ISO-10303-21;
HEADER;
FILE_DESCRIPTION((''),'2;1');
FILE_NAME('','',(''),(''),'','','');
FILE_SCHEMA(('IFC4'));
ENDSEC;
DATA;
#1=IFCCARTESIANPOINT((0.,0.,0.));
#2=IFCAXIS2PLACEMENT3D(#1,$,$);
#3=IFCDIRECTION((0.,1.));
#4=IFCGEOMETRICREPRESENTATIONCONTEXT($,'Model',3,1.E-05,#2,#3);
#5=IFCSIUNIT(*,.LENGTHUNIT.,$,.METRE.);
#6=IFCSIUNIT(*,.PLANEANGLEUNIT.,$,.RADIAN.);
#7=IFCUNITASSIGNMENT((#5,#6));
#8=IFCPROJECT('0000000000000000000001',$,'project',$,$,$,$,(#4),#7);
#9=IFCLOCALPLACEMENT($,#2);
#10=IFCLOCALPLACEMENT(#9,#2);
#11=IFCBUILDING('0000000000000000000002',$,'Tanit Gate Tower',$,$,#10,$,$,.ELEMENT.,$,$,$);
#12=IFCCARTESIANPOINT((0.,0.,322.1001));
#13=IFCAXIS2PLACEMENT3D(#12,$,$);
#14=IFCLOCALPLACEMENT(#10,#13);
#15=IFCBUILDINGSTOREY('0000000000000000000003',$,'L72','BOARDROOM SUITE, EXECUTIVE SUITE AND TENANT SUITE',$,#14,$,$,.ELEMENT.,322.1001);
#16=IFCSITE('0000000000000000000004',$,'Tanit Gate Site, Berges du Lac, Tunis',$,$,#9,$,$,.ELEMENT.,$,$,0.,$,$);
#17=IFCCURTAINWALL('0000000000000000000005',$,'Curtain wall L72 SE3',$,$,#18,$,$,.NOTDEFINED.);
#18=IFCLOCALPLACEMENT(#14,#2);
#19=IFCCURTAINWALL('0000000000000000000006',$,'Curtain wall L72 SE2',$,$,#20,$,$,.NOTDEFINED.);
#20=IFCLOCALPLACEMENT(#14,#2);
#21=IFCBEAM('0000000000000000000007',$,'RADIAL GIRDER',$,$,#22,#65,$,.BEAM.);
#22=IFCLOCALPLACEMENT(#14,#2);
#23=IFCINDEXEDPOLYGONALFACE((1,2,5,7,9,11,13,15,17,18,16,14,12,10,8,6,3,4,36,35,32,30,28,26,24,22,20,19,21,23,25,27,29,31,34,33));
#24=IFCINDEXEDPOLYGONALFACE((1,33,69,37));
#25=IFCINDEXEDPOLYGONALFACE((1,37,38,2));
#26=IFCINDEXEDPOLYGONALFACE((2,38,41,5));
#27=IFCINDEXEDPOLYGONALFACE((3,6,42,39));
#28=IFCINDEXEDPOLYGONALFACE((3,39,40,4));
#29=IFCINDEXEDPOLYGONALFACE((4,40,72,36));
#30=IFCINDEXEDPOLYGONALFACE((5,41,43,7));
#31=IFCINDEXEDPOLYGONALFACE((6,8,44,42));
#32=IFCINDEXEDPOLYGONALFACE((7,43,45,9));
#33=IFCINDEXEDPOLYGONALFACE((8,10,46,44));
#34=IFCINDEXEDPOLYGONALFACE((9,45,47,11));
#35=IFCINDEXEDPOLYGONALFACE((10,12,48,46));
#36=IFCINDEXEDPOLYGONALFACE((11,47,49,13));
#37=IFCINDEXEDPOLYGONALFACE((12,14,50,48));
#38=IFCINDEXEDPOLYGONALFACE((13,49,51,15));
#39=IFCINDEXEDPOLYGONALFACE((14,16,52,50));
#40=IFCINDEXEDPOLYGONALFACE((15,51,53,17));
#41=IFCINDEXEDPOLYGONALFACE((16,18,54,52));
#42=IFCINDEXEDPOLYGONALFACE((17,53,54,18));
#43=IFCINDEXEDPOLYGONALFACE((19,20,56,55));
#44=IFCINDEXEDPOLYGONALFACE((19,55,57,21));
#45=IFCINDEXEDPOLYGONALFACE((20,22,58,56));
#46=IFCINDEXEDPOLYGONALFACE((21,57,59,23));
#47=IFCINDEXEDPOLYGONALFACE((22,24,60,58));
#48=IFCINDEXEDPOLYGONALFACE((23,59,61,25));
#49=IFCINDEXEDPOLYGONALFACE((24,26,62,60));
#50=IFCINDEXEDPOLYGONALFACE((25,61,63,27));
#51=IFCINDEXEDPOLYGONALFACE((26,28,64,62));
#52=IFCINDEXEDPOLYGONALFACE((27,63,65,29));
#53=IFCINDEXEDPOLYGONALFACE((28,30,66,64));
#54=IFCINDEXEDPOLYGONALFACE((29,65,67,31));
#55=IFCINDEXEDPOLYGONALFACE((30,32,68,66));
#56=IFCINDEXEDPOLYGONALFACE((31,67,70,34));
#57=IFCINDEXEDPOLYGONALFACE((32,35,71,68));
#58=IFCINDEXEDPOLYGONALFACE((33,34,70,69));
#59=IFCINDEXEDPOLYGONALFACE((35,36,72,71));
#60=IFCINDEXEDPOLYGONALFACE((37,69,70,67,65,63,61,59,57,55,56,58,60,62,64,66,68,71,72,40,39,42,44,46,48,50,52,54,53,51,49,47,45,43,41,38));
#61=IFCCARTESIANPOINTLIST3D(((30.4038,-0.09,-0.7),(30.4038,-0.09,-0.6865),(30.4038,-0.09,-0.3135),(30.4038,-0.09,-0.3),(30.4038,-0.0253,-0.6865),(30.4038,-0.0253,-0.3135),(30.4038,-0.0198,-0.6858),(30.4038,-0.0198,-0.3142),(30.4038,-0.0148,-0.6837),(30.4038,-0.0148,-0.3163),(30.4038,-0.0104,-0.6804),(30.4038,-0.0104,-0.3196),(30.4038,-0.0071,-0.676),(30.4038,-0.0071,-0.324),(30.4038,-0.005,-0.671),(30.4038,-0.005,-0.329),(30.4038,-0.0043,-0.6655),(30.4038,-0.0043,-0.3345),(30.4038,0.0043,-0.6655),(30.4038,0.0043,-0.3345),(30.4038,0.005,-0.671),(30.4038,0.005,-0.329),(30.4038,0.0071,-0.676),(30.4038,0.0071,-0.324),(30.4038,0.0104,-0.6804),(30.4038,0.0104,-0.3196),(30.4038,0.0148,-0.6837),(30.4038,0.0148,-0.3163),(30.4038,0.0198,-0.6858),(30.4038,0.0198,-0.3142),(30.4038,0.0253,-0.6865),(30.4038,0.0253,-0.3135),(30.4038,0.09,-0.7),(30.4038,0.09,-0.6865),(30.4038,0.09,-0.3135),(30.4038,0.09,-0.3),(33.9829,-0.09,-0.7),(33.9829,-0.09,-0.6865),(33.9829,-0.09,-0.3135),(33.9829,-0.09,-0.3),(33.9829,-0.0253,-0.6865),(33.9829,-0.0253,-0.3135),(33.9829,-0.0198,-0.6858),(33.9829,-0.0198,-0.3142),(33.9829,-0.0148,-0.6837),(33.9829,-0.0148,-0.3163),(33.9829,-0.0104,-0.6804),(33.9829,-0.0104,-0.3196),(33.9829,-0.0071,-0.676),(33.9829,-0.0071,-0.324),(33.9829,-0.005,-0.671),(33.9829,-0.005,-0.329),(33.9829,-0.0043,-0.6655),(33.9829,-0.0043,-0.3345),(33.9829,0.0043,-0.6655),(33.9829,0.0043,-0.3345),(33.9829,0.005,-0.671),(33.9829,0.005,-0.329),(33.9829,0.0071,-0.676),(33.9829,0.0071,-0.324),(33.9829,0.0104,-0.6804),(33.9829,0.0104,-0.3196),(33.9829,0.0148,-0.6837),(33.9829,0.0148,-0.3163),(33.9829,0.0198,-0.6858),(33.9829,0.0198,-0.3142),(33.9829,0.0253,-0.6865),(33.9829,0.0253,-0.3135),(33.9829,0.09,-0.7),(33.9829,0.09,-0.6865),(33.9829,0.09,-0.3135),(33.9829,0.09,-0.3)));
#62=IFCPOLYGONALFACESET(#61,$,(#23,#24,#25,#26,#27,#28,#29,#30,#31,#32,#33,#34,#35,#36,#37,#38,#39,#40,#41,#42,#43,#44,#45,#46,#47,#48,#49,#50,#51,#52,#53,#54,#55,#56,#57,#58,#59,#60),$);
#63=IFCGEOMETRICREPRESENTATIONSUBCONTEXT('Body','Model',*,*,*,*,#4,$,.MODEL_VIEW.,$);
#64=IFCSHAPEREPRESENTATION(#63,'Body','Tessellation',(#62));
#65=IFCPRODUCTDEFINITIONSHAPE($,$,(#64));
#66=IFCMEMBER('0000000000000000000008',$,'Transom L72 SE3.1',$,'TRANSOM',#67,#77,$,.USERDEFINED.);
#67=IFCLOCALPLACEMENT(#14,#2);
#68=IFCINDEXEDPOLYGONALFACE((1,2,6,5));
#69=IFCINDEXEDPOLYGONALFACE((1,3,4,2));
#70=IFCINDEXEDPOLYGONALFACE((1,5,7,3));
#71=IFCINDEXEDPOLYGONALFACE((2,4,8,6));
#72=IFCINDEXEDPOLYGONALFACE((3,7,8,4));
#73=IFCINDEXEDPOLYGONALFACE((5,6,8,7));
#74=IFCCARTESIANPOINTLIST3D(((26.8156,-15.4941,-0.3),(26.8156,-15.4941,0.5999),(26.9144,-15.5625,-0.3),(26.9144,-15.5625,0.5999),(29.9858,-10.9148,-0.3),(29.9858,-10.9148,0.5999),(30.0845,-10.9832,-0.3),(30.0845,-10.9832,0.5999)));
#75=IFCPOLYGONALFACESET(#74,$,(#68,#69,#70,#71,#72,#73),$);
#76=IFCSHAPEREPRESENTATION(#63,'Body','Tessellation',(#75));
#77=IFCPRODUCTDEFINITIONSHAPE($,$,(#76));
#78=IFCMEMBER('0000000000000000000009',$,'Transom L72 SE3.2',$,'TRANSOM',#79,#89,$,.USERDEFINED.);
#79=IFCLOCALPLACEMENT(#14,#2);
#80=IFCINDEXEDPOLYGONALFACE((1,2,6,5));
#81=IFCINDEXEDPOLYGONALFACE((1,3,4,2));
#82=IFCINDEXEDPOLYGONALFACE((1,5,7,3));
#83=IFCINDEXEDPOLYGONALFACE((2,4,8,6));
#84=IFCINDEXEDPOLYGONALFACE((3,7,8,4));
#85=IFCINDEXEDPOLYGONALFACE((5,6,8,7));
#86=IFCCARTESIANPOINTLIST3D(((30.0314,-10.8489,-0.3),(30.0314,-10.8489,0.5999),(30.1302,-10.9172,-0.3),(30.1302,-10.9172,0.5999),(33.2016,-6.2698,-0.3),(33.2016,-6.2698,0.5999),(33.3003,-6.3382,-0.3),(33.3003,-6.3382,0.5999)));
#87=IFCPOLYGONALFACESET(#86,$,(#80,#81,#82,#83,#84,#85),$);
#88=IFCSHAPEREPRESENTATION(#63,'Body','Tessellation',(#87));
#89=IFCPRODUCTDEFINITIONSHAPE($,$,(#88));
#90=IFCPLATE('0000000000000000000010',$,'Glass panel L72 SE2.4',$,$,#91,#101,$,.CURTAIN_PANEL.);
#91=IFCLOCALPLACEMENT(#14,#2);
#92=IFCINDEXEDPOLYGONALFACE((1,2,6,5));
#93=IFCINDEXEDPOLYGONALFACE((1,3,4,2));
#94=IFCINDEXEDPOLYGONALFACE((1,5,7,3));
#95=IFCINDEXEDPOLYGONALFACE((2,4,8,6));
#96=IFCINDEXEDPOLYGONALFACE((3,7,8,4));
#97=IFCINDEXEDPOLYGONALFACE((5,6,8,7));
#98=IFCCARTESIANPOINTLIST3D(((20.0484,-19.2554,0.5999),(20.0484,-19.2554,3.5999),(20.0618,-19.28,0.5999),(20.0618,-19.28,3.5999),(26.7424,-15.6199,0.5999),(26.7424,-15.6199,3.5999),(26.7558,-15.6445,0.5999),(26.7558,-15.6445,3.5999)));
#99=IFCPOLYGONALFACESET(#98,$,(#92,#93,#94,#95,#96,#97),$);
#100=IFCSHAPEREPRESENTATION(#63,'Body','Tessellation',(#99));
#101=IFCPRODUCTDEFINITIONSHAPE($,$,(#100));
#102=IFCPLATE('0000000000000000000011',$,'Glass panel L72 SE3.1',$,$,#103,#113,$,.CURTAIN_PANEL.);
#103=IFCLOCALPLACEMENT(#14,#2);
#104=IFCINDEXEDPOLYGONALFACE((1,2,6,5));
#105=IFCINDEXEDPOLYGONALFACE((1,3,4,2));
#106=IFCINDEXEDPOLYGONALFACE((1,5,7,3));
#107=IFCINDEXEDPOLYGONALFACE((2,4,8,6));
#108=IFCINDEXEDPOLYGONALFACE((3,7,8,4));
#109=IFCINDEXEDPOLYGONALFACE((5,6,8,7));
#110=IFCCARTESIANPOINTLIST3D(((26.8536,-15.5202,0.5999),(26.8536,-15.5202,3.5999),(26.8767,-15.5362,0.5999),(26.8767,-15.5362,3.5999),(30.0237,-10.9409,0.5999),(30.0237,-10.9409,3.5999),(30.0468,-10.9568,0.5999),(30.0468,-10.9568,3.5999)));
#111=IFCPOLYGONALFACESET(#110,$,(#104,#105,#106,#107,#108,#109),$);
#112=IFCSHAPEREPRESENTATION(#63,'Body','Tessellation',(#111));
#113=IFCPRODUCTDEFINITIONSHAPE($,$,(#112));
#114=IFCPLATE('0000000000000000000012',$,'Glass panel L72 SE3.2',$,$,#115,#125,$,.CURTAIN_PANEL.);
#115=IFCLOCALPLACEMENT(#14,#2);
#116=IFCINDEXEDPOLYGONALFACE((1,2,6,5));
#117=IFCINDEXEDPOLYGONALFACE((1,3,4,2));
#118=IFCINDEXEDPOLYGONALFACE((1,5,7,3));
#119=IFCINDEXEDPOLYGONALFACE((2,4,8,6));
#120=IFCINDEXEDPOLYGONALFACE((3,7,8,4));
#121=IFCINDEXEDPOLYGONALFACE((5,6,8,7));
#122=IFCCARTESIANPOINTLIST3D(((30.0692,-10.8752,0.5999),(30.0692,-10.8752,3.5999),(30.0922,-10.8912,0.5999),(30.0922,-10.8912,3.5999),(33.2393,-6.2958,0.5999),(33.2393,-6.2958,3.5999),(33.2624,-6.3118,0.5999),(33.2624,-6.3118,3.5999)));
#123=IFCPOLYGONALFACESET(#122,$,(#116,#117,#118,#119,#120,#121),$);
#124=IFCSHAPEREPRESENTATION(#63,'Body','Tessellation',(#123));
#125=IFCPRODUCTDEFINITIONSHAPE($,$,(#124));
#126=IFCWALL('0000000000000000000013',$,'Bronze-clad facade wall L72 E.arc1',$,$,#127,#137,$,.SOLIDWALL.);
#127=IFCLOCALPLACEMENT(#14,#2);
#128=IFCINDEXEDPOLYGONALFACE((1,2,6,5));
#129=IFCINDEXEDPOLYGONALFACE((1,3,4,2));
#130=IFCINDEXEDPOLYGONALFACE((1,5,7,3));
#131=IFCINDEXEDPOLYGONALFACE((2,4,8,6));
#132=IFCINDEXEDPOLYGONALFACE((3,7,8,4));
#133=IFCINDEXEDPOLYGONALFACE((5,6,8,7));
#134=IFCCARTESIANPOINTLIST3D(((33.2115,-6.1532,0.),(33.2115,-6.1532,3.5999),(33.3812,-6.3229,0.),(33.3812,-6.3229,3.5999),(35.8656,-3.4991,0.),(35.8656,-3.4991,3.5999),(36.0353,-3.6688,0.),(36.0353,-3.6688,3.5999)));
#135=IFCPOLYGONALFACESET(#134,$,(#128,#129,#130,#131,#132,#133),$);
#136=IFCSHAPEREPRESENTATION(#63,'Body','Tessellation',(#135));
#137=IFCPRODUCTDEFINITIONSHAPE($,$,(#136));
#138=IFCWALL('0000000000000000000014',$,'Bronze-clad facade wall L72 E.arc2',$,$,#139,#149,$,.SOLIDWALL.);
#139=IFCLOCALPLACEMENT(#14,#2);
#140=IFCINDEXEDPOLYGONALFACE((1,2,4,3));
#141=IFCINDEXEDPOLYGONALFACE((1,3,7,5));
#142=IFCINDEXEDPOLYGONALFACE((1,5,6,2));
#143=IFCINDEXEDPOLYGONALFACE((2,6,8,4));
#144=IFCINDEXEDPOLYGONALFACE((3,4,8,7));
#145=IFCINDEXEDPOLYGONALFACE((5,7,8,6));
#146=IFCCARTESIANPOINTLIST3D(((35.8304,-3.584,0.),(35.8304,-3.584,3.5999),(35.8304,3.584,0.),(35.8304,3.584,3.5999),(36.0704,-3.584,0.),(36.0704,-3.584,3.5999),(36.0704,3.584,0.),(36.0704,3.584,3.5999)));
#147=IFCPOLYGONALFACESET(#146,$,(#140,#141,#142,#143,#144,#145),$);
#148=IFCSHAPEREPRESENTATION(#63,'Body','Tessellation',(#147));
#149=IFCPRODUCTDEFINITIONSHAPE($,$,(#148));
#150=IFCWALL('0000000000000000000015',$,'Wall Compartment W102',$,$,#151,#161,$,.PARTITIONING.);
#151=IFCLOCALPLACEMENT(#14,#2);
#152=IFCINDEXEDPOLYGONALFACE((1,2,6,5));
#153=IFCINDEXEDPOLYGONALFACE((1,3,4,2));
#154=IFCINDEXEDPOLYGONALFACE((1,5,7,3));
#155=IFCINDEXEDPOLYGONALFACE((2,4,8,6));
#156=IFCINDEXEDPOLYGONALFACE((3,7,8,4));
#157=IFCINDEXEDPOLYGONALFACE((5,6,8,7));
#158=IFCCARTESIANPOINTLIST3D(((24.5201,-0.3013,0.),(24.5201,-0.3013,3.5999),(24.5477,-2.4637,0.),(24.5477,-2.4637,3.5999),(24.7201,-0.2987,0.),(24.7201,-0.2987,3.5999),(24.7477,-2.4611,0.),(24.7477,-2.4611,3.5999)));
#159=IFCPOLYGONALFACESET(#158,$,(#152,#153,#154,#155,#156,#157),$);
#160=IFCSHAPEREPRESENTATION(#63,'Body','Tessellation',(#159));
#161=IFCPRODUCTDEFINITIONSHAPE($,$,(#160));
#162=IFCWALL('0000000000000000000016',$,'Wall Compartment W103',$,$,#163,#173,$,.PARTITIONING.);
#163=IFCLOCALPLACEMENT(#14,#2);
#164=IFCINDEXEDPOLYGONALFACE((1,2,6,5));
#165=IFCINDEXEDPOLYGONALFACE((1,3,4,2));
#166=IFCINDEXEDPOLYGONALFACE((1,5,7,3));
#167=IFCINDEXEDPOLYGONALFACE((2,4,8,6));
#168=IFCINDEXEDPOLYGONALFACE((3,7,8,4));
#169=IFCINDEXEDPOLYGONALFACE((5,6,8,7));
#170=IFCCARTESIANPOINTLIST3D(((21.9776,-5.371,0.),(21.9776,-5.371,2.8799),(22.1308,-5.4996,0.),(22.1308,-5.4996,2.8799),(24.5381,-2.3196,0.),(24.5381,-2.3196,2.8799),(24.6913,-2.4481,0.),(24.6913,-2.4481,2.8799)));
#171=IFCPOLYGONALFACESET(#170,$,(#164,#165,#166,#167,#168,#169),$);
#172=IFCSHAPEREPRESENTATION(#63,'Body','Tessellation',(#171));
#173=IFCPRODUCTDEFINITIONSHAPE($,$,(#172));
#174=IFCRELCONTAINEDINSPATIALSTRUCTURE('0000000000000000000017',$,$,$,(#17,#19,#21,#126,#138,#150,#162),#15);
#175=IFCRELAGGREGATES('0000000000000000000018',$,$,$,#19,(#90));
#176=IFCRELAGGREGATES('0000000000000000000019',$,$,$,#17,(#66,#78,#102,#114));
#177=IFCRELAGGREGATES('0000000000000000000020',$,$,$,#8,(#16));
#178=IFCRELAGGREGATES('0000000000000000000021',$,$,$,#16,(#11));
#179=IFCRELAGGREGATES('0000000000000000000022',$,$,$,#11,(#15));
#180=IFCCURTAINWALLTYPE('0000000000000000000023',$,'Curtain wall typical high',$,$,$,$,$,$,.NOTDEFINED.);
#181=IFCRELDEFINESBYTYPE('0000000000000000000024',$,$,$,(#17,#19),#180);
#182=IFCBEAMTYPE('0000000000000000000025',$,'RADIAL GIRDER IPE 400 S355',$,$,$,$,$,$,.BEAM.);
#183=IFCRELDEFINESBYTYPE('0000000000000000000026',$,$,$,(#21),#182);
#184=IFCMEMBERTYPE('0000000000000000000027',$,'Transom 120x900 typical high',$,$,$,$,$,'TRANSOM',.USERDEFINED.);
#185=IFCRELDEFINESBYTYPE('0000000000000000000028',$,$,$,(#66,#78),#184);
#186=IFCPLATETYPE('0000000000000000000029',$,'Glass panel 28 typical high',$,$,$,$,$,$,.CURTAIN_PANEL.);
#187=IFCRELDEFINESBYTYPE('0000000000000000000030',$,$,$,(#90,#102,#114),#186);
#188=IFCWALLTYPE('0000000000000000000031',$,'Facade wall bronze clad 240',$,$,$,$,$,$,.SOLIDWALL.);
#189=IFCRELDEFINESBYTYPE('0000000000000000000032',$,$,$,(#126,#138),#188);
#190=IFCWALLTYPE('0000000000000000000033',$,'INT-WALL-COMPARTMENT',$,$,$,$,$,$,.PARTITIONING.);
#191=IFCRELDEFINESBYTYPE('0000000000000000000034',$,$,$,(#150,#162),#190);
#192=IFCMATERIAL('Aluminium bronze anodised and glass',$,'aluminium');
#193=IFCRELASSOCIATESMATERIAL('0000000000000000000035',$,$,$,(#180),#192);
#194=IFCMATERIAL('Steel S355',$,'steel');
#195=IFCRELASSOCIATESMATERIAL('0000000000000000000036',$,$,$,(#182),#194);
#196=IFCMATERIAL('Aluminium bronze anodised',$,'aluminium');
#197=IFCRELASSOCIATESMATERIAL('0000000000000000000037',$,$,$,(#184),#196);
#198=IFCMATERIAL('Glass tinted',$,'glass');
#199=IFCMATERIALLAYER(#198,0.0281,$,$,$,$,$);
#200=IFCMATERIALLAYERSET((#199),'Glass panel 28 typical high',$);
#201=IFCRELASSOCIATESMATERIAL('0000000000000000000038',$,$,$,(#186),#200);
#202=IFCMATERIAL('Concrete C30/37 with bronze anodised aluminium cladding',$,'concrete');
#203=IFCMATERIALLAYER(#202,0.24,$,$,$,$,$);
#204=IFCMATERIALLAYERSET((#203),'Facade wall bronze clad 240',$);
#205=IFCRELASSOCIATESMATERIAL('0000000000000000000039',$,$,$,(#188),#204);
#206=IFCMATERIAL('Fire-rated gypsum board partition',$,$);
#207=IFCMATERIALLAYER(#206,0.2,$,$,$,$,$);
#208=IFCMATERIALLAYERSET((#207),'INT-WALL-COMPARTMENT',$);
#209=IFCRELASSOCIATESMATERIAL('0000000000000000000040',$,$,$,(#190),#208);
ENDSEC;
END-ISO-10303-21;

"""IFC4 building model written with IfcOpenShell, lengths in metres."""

from ifc_helpers import new_model, si_unit, direction, frame, frame_2d, origin, origin_2d, place, context, subcontext, project, spatial, rectangle, i_section, extrude, material, layer, layer_set, material_profile, profile_set, type_object, element, aggregate, save


model = new_model("IFC4")

# Units and contexts
model_context = context("Model", 3, precision=1e-05, world=origin(), true_north=direction((0.0, 1.0)))
body_context = subcontext(model_context, "Body", "Model", "MODEL_VIEW")
ifc_project = project(units=[si_unit("LENGTHUNIT", "METRE"), si_unit("PLANEANGLEUNIT", "RADIAN")], contexts=[model_context])

# Site, building, storey
site_placement = place(None, origin())
site = spatial("IfcSite", under=ifc_project, at=site_placement, Name="Tanit Gate Site, Berges du Lac, Tunis", CompositionType="ELEMENT", RefElevation=0.0)
building_placement = place(site_placement, origin())
building = spatial("IfcBuilding", under=site, at=building_placement, Name="Tanit Gate Tower", CompositionType="ELEMENT")
storey_placement = place(building_placement, frame((0.0, 0.0, 322.1001)))
storey = spatial("IfcBuildingStorey", under=building, at=storey_placement, Name="L72", Description="BOARDROOM SUITE, EXECUTIVE SUITE AND TENANT SUITE", CompositionType="ELEMENT", Elevation=322.1001)

# Curtain wall
ifc_material_1 = material(Name="Aluminium bronze anodised and glass", Category="aluminium")
curtain_wall_type = type_object("IfcCurtainWallType", Name="Curtain wall typical high", PredefinedType="NOTDEFINED", material=ifc_material_1)
curtain_wall_1_placement = place(storey_placement, origin())
curtain_wall_1 = element("IfcCurtainWall", 1, at=curtain_wall_1_placement, inside=storey, type_object=curtain_wall_type, Name="Curtain wall L72 SE3", PredefinedType="NOTDEFINED")

# Curtain wall
curtain_wall_2_placement = place(storey_placement, origin())
curtain_wall_2 = element("IfcCurtainWall", 2, at=curtain_wall_2_placement, inside=storey, type_object=curtain_wall_type, Name="Curtain wall L72 SE2", PredefinedType="NOTDEFINED")

# Beam
ifc_material_2 = material(Name="Steel S355", Category="steel")
ifc_material_profile_1 = material_profile(ifc_material_2, i_section(OverallWidth=0.1799, OverallDepth=0.3999, WebThickness=0.0085, FlangeThickness=0.0134, FilletRadius=0.021, at=origin_2d()), Name="IPE 400")
ifc_profile_set_1 = profile_set([ifc_material_profile_1], Name="Steel S355")
beam_type_1 = type_object("IfcBeamType", Name="RADIAL GIRDER IPE 400 S355", PredefinedType="BEAM", material=ifc_profile_set_1)
beam_1_placement = place(storey_placement, frame((33.9829, 0.0, -0.5), z_axis=(-1.0, 0.0, 0.0), x_axis=(0.0, -1.0, 0.0)))
element("IfcBeam", 3, at=beam_1_placement, inside=storey, type_object=beam_type_1, Name="RADIAL GIRDER", PredefinedType="BEAM", context=body_context, shape_type="SweptSolid", body=[
    extrude(i_section(OverallWidth=0.1799, OverallDepth=0.3999, WebThickness=0.0085, FlangeThickness=0.0134, FilletRadius=0.021, at=origin_2d()), origin(), (0.0, 0.0, 1.0), 3.5791),
])

# Members
ifc_material_3 = material(Name="Aluminium bronze anodised", Category="aluminium")
ifc_material_profile_2 = material_profile(ifc_material_3, rectangle(XDim=0.1201, YDim=0.8999, at=origin_2d()), Name="120x900 bronze transom")
ifc_profile_set_2 = profile_set([ifc_material_profile_2], Name="Aluminium bronze anodised")
member_type_1 = type_object("IfcMemberType", Name="Transom 120x900 typical high", ElementType="TRANSOM", PredefinedType="USERDEFINED", material=ifc_profile_set_2)
member_1_placement = place(storey_placement, frame((26.865, -15.5283, 0.1499), z_axis=(0.569192, 0.822205, 0.0), x_axis=(-0.822205, 0.569192, 0.0)))
member_1 = element("IfcMember", 4, at=member_1_placement, type_object=member_type_1, Name="Transom L72 SE3.1", ObjectType="TRANSOM", PredefinedType="USERDEFINED", context=body_context, shape_type="SweptSolid", body=[
    extrude(rectangle(XDim=0.1201, YDim=0.8999, at=origin_2d()), origin(), (0.0, 0.0, 1.0), 5.5696),
])
member_2_placement = place(storey_placement, frame((30.0808, -10.8831, 0.1499), z_axis=(0.569212, 0.822191, 0.0), x_axis=(-0.822191, 0.569212, 0.0)))
member_2 = element("IfcMember", 5, at=member_2_placement, type_object=member_type_1, Name="Transom L72 SE3.2", ObjectType="TRANSOM", PredefinedType="USERDEFINED", context=body_context, shape_type="SweptSolid", body=[
    extrude(rectangle(XDim=0.1201, YDim=0.8999, at=origin_2d()), origin(), (0.0, 0.0, 1.0), 5.5693),
])

# Plates
ifc_material_4 = material(Name="Glass tinted", Category="glass")
ifc_layer_1 = layer(ifc_material_4, 0.0281)
ifc_layer_set_1 = layer_set([ifc_layer_1], Name="Glass panel 28 typical high")
plate_type = type_object("IfcPlateType", Name="Glass panel 28 typical high", PredefinedType="CURTAIN_PANEL", material=ifc_layer_set_1)
plate_1_placement = place(storey_placement, frame((23.4021, -17.45, 0.5999), z_axis=(0.0, 0.0, 1.0), x_axis=(0.878762, 0.477259, 0.0)))
plate_1 = element("IfcPlate", 6, at=plate_1_placement, type_object=plate_type, Name="Glass panel L72 SE2.4", PredefinedType="CURTAIN_PANEL", context=body_context, shape_type="SweptSolid", body=[
    extrude(rectangle(XDim=7.6174, YDim=0.0281, at=origin_2d()), origin(), (0.0, 0.0, 1.0), 3.0),
])
aggregate(curtain_wall_2, [plate_1])
plate_2_placement = place(storey_placement, frame((28.4502, -13.2385, 0.5999), z_axis=(0.0, 0.0, 1.0), x_axis=(0.56919, 0.822206, 0.0)))
plate_2 = element("IfcPlate", 7, at=plate_2_placement, type_object=plate_type, Name="Glass panel L72 SE3.1", PredefinedType="CURTAIN_PANEL", context=body_context, shape_type="SweptSolid", body=[
    extrude(rectangle(XDim=5.5696, YDim=0.0281, at=origin_2d()), origin(), (0.0, 0.0, 1.0), 3.0),
])
plate_3_placement = place(storey_placement, frame((31.6658, -8.5935, 0.5999), z_axis=(0.0, 0.0, 1.0), x_axis=(0.56919, 0.822206, 0.0)))
plate_3 = element("IfcPlate", 8, at=plate_3_placement, type_object=plate_type, Name="Glass panel L72 SE3.2", PredefinedType="CURTAIN_PANEL", context=body_context, shape_type="SweptSolid", body=[
    extrude(rectangle(XDim=5.5696, YDim=0.0281, at=origin_2d()), origin(), (0.0, 0.0, 1.0), 3.0),
])
aggregate(curtain_wall_1, [member_1, member_2, plate_2, plate_3])

# Walls
ifc_material_5 = material(Name="Concrete C30/37 with bronze anodised aluminium cladding", Category="concrete")
ifc_layer_2 = layer(ifc_material_5, 0.24)
ifc_layer_set_2 = layer_set([ifc_layer_2], Name="Facade wall bronze clad 240")
wall_type_1 = type_object("IfcWallType", Name="Facade wall bronze clad 240", PredefinedType="SOLIDWALL", material=ifc_layer_set_2)
wall_1_placement = place(storey_placement, frame((33.2964, -6.238, 0.0), z_axis=(0.0, 0.0, 1.0), x_axis=(0.707107, 0.707107, 0.0)))
element("IfcWall", 9, at=wall_1_placement, inside=storey, type_object=wall_type_1, Name="Bronze-clad facade wall L72 E.arc1", PredefinedType="SOLIDWALL", context=body_context, shape_type="SweptSolid", body=[
    extrude(rectangle(XDim=3.7534, YDim=0.24, at=frame_2d((1.8767, 0.0))), origin(), (0.0, 0.0, 1.0), 3.5999),
])
wall_2_placement = place(storey_placement, frame((35.9504, -3.584, 0.0), z_axis=(0.0, 0.0, 1.0), x_axis=(0.0, 1.0, 0.0)))
element("IfcWall", 10, at=wall_2_placement, inside=storey, type_object=wall_type_1, Name="Bronze-clad facade wall L72 E.arc2", PredefinedType="SOLIDWALL", context=body_context, shape_type="SweptSolid", body=[
    extrude(rectangle(XDim=7.168, YDim=0.24, at=frame_2d((3.584, 0.0))), origin(), (0.0, 0.0, 1.0), 3.5999),
])
ifc_material_6 = material(Name="Fire-rated gypsum board partition")
ifc_layer_3 = layer(ifc_material_6, 0.2)
ifc_layer_set_3 = layer_set([ifc_layer_3], Name="INT-WALL-COMPARTMENT")
wall_type_2 = type_object("IfcWallType", Name="INT-WALL-COMPARTMENT", PredefinedType="PARTITIONING", material=ifc_layer_set_3)
wall_3_placement = place(storey_placement, frame((24.6477, -2.4624, 0.0), z_axis=(0.0, 0.0, 1.0), x_axis=(-0.012757, 0.999919, 0.0)))
element("IfcWall", 11, at=wall_3_placement, inside=storey, type_object=wall_type_2, Name="Wall Compartment W102", PredefinedType="PARTITIONING", context=body_context, shape_type="SweptSolid", body=[
    extrude(rectangle(XDim=2.1626, YDim=0.2, at=frame_2d((1.0813, 0.0))), origin(), (0.0, 0.0, 1.0), 3.5999),
])
wall_4_placement = place(storey_placement, frame((22.0542, -5.4353, 0.0), z_axis=(0.0, 0.0, 1.0), x_axis=(0.642791, 0.766042, 0.0)))
element("IfcWall", 12, at=wall_4_placement, inside=storey, type_object=wall_type_2, Name="Wall Compartment W103", PredefinedType="PARTITIONING", context=body_context, shape_type="SweptSolid", body=[
    extrude(rectangle(XDim=3.9834, YDim=0.2, at=frame_2d((1.9917, 0.0))), origin(), (0.0, 0.0, 1.0), 2.8799),
])

save(model, "model.ifc")
